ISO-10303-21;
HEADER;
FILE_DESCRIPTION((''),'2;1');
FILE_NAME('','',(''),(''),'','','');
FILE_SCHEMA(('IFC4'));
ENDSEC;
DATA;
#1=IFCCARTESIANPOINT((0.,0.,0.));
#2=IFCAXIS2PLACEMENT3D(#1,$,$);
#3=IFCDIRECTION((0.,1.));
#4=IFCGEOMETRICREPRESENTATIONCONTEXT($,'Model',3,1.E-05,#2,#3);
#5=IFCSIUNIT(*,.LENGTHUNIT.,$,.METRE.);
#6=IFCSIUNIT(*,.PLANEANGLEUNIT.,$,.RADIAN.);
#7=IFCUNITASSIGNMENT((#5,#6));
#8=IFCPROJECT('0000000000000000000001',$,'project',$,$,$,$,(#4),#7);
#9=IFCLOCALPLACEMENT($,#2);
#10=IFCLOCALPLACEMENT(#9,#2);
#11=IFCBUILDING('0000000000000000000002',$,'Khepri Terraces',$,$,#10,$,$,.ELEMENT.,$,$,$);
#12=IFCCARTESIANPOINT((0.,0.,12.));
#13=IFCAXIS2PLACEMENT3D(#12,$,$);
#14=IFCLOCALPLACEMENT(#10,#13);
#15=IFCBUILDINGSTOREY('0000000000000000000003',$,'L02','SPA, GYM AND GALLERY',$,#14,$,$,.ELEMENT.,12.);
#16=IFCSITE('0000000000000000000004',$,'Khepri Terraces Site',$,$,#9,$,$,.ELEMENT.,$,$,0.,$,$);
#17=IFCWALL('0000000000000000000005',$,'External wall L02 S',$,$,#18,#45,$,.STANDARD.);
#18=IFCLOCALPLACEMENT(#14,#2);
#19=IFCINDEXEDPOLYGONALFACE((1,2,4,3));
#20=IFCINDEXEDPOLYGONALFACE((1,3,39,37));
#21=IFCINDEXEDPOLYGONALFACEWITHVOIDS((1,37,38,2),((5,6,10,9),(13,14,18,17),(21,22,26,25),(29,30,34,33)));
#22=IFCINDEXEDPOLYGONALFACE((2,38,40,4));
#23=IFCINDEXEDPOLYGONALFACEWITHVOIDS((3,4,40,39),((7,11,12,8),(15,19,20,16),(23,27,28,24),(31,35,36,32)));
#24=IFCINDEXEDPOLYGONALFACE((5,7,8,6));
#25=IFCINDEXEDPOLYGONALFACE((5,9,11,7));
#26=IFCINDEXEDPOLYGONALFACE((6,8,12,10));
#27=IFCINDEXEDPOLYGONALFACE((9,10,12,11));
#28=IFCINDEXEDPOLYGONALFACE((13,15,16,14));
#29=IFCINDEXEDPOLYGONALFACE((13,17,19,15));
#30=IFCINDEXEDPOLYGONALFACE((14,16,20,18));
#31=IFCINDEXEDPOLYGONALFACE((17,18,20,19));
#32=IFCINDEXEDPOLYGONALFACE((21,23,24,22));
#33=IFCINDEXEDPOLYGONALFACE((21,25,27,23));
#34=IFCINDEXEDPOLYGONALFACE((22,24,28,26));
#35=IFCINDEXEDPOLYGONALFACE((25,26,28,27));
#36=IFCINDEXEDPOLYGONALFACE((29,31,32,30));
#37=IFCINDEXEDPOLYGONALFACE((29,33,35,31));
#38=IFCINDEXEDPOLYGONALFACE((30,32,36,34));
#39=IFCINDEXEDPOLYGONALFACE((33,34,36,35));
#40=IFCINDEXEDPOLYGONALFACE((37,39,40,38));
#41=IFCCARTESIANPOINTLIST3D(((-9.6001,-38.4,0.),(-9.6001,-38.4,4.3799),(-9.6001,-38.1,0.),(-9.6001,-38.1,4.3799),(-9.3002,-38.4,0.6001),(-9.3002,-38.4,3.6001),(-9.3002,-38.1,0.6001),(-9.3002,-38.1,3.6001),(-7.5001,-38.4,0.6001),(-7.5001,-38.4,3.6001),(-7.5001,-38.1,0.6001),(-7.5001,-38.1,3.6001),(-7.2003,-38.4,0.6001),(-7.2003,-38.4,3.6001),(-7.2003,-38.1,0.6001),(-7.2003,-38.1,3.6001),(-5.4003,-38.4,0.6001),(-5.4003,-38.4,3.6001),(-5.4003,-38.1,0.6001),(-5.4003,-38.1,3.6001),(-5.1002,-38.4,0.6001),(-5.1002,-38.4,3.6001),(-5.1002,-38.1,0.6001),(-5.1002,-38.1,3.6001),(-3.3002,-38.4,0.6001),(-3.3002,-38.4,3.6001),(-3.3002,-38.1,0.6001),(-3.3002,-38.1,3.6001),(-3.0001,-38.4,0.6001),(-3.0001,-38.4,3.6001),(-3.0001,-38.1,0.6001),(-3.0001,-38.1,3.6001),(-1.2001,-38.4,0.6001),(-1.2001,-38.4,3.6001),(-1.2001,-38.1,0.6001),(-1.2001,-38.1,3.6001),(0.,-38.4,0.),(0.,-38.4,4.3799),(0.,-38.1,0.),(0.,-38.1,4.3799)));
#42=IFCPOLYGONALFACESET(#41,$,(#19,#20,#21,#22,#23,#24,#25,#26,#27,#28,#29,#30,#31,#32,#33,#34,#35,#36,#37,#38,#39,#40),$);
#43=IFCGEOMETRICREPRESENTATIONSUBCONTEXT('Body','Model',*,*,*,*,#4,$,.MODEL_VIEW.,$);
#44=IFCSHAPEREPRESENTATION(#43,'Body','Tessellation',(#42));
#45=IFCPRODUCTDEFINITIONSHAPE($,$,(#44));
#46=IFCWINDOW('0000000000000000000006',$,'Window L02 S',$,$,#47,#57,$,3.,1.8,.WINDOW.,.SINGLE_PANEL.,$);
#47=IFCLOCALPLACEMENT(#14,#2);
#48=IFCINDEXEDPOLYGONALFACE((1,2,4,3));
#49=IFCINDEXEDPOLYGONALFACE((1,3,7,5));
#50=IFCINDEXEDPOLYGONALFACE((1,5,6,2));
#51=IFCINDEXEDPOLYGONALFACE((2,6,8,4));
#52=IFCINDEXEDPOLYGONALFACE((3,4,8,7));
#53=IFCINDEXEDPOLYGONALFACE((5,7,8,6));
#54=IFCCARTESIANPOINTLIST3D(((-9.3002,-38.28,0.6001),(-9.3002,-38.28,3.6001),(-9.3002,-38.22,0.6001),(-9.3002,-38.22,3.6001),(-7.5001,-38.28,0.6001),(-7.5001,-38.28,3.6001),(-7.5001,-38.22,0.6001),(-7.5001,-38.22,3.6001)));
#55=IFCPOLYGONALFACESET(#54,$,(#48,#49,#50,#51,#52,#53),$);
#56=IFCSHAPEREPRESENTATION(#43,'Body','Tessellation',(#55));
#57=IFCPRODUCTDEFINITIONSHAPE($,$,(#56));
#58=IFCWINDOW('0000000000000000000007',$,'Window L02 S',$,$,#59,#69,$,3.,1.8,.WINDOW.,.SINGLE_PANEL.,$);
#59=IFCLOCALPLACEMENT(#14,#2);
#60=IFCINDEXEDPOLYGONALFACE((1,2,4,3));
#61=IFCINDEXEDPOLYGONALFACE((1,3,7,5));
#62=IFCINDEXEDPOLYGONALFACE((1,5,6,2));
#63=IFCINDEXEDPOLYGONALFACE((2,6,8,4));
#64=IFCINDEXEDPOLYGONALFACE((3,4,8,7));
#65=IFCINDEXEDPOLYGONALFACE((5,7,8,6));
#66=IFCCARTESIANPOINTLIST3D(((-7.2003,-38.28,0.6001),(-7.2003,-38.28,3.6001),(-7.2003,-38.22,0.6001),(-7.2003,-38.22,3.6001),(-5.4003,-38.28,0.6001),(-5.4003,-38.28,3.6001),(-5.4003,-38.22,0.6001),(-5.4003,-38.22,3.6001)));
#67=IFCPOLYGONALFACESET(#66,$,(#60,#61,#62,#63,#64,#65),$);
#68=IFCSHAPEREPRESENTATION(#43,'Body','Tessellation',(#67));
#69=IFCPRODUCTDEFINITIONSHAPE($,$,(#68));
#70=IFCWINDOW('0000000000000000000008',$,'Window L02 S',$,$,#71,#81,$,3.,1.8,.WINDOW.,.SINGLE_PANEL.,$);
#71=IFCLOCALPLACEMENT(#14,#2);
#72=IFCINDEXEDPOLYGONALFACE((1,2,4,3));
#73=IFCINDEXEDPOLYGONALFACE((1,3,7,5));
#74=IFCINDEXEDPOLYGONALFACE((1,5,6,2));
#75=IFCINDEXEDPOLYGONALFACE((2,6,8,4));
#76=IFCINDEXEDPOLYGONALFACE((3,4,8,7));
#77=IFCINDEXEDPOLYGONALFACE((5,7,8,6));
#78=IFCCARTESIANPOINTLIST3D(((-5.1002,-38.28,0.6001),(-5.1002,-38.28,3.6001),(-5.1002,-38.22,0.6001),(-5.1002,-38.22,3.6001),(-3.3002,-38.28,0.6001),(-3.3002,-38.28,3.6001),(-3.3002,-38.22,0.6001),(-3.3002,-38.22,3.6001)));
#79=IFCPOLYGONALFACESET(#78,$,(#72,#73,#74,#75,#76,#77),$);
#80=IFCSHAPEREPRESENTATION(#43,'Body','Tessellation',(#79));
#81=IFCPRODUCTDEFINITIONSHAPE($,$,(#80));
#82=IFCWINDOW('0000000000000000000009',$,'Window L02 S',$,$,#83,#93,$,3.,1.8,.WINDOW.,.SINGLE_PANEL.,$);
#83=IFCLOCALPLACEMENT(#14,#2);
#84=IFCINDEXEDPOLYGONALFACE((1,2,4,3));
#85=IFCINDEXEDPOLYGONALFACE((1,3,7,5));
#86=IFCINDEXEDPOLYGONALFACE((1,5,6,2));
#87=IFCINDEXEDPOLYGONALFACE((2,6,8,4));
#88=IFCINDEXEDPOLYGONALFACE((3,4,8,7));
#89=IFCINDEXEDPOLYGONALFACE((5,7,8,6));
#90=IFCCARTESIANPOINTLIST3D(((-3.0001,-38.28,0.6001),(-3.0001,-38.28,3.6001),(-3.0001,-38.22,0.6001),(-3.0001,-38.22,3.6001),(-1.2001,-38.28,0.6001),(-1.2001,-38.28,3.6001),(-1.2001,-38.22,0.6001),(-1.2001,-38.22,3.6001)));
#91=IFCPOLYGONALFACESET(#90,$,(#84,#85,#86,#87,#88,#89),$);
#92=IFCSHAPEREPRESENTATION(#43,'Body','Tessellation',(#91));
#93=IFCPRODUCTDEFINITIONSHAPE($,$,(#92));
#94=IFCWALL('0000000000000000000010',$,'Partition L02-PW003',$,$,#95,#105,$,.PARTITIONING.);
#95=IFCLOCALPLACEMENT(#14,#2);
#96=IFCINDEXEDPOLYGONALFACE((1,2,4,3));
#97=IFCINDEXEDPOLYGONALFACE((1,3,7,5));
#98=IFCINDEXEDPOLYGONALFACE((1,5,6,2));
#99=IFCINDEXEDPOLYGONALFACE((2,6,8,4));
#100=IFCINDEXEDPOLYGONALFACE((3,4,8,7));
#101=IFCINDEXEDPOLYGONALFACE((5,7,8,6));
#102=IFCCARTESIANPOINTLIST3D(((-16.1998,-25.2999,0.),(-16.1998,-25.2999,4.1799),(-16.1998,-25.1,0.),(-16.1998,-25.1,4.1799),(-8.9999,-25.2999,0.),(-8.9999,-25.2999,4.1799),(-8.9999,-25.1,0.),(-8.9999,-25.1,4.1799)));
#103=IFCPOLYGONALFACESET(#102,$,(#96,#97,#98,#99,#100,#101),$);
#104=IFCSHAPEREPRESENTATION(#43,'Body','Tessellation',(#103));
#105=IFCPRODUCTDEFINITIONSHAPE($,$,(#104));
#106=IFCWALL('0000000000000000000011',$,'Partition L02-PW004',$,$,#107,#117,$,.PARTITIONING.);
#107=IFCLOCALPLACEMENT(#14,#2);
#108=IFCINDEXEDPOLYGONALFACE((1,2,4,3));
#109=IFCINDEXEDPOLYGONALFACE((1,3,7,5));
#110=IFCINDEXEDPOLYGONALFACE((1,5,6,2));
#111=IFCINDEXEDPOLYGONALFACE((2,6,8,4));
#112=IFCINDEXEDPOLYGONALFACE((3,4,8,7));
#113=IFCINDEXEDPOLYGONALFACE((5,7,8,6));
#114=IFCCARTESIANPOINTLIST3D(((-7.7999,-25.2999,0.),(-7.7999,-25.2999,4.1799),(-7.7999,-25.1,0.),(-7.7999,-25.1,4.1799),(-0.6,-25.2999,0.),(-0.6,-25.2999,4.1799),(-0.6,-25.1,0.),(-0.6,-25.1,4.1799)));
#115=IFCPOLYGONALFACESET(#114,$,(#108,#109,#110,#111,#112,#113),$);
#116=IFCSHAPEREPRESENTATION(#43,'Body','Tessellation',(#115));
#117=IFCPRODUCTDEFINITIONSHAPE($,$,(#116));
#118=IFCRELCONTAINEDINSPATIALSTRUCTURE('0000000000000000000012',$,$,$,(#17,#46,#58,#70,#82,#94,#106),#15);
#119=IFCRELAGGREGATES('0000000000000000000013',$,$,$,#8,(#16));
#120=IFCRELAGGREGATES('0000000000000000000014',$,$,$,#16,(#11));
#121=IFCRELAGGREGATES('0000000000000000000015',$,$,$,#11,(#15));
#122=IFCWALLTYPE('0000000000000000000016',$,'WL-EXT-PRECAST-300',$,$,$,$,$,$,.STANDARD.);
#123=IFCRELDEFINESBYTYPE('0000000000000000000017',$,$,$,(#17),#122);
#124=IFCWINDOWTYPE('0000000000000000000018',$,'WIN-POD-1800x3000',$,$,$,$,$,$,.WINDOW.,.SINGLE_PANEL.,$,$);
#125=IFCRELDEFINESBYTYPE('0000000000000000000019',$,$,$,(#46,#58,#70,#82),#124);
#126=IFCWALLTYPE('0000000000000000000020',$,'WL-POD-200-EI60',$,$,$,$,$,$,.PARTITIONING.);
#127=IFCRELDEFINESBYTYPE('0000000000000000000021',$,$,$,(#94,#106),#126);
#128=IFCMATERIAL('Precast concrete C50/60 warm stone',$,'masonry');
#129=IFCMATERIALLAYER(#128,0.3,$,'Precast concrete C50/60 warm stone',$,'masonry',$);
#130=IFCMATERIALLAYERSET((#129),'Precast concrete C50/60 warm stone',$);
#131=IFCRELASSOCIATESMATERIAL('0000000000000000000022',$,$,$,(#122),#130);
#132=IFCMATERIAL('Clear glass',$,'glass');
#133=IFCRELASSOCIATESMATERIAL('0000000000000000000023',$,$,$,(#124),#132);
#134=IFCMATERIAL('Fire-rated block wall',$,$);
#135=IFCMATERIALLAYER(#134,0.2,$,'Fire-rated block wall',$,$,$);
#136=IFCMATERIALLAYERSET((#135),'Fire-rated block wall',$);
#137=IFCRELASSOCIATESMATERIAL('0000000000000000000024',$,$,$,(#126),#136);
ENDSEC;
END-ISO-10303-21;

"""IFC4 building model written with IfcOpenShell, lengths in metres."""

from ifc_helpers import new_model, si_unit, direction, frame, frame_2d, origin, place, context, subcontext, project, spatial, rectangle, extrude, material, layer, layer_set, type_object, element, fill, save


model = new_model("IFC4")

# Units and contexts
model_context = context("Model", 3, precision=1e-05, world=origin(), true_north=direction((0.0, 1.0)))
body_context = subcontext(model_context, "Body", "Model", "MODEL_VIEW")
ifc_project = project(units=[si_unit("LENGTHUNIT", "METRE"), si_unit("PLANEANGLEUNIT", "RADIAN")], contexts=[model_context])

# Site, building, storey
site_placement = place(None, origin())
site = spatial("IfcSite", under=ifc_project, at=site_placement, Name="Khepri Terraces Site", CompositionType="ELEMENT", RefElevation=0.0)
building_placement = place(site_placement, origin())
building = spatial("IfcBuilding", under=site, at=building_placement, Name="Khepri Terraces", CompositionType="ELEMENT")
storey_placement = place(building_placement, frame((0.0, 0.0, 12.0)))
storey = spatial("IfcBuildingStorey", under=building, at=storey_placement, Name="L02", Description="SPA, GYM AND GALLERY", CompositionType="ELEMENT", Elevation=12.0)

# Shared definitions
ifc_material_1 = material(Name="Precast concrete C50/60 warm stone", Category="masonry")
ifc_layer_1 = layer(ifc_material_1, 0.3, Name="Precast concrete C50/60 warm stone", Category="masonry")
ifc_layer_set_1 = layer_set([ifc_layer_1], Name="Precast concrete C50/60 warm stone")
wall_type_1 = type_object("IfcWallType", Name="WL-EXT-PRECAST-300", PredefinedType="STANDARD", material=ifc_layer_set_1)

# Wall, openings, windows
wall_1_placement = place(storey_placement, frame((-9.6001, -38.25, 0.0), z_axis=(0.0, 0.0, 1.0), x_axis=(1.0, 0.0, 0.0)))
wall_1 = element("IfcWall", 1, at=wall_1_placement, inside=storey, type_object=wall_type_1, Name="External wall L02 S", PredefinedType="STANDARD", context=body_context, shape_type="SweptSolid", body=[
    extrude(rectangle(XDim=9.6001, YDim=0.3, at=frame_2d((4.8, 0.0))), origin(), (0.0, 0.0, 1.0), 4.3799),
])
opening_1_placement = place(wall_1_placement, frame((0.3, 0.0, 0.6001)))
opening_1 = element("IfcOpeningElement", 2, at=opening_1_placement, cuts=wall_1, PredefinedType="OPENING", context=body_context, shape_type="SweptSolid", body=[
    extrude(rectangle(XDim=1.8, YDim=3.0, at=frame_2d((0.8999, 1.5))), frame((0.0, 0.1602, 0.0), z_axis=(0.0, -1.0, 0.0), x_axis=(1.0, 0.0, 0.0)), (0.0, 0.0, 1.0), 0.3201),
])
opening_2_placement = place(wall_1_placement, frame((2.3999, 0.0, 0.6001)))
opening_2 = element("IfcOpeningElement", 3, at=opening_2_placement, cuts=wall_1, PredefinedType="OPENING", context=body_context, shape_type="SweptSolid", body=[
    extrude(rectangle(XDim=1.8, YDim=3.0, at=frame_2d((0.8999, 1.5))), frame((0.0, 0.1602, 0.0), z_axis=(0.0, -1.0, 0.0), x_axis=(1.0, 0.0, 0.0)), (0.0, 0.0, 1.0), 0.3201),
])
opening_3_placement = place(wall_1_placement, frame((4.5, 0.0, 0.6001)))
opening_3 = element("IfcOpeningElement", 4, at=opening_3_placement, cuts=wall_1, PredefinedType="OPENING", context=body_context, shape_type="SweptSolid", body=[
    extrude(rectangle(XDim=1.8, YDim=3.0, at=frame_2d((0.8999, 1.5))), frame((0.0, 0.1602, 0.0), z_axis=(0.0, -1.0, 0.0), x_axis=(1.0, 0.0, 0.0)), (0.0, 0.0, 1.0), 0.3201),
])
opening_4_placement = place(wall_1_placement, frame((6.6001, 0.0, 0.6001)))
opening_4 = element("IfcOpeningElement", 5, at=opening_4_placement, cuts=wall_1, PredefinedType="OPENING", context=body_context, shape_type="SweptSolid", body=[
    extrude(rectangle(XDim=1.8, YDim=3.0, at=frame_2d((0.8999, 1.5))), frame((0.0, 0.1602, 0.0), z_axis=(0.0, -1.0, 0.0), x_axis=(1.0, 0.0, 0.0)), (0.0, 0.0, 1.0), 0.3201),
])
ifc_material_2 = material(Name="Clear glass", Category="glass")
window_type = type_object("IfcWindowType", Name="WIN-POD-1800x3000", PartitioningType="SINGLE_PANEL", PredefinedType="WINDOW", material=ifc_material_2)
window_1_placement = place(opening_1_placement, origin())
window_1 = element("IfcWindow", 6, at=window_1_placement, inside=storey, type_object=window_type, Name="Window L02 S", OverallHeight=3.0, OverallWidth=1.8, PartitioningType="SINGLE_PANEL", PredefinedType="WINDOW", context=body_context, shape_type="SweptSolid", body=[
    extrude(rectangle(XDim=1.8, YDim=3.0, at=frame_2d((0.8999, 1.5))), frame((0.0, 0.03, 0.0), z_axis=(0.0, -1.0, 0.0), x_axis=(1.0, 0.0, 0.0)), (0.0, 0.0, 1.0), 0.0601),
])
fill(opening_1, window_1)
window_2_placement = place(opening_2_placement, origin())
window_2 = element("IfcWindow", 7, at=window_2_placement, inside=storey, type_object=window_type, Name="Window L02 S", OverallHeight=3.0, OverallWidth=1.8, PartitioningType="SINGLE_PANEL", PredefinedType="WINDOW", context=body_context, shape_type="SweptSolid", body=[
    extrude(rectangle(XDim=1.8, YDim=3.0, at=frame_2d((0.8999, 1.5))), frame((0.0, 0.03, 0.0), z_axis=(0.0, -1.0, 0.0), x_axis=(1.0, 0.0, 0.0)), (0.0, 0.0, 1.0), 0.0601),
])
fill(opening_2, window_2)
window_3_placement = place(opening_3_placement, origin())
window_3 = element("IfcWindow", 8, at=window_3_placement, inside=storey, type_object=window_type, Name="Window L02 S", OverallHeight=3.0, OverallWidth=1.8, PartitioningType="SINGLE_PANEL", PredefinedType="WINDOW", context=body_context, shape_type="SweptSolid", body=[
    extrude(rectangle(XDim=1.8, YDim=3.0, at=frame_2d((0.8999, 1.5))), frame((0.0, 0.03, 0.0), z_axis=(0.0, -1.0, 0.0), x_axis=(1.0, 0.0, 0.0)), (0.0, 0.0, 1.0), 0.0601),
])
fill(opening_3, window_3)
window_4_placement = place(opening_4_placement, origin())
window_4 = element("IfcWindow", 9, at=window_4_placement, inside=storey, type_object=window_type, Name="Window L02 S", OverallHeight=3.0, OverallWidth=1.8, PartitioningType="SINGLE_PANEL", PredefinedType="WINDOW", context=body_context, shape_type="SweptSolid", body=[
    extrude(rectangle(XDim=1.8, YDim=3.0, at=frame_2d((0.8999, 1.5))), frame((0.0, 0.03, 0.0), z_axis=(0.0, -1.0, 0.0), x_axis=(1.0, 0.0, 0.0)), (0.0, 0.0, 1.0), 0.0601),
])
fill(opening_4, window_4)

# Walls
ifc_material_3 = material(Name="Fire-rated block wall")
ifc_layer_2 = layer(ifc_material_3, 0.2, Name="Fire-rated block wall")
ifc_layer_set_2 = layer_set([ifc_layer_2], Name="Fire-rated block wall")
wall_type_2 = type_object("IfcWallType", Name="WL-POD-200-EI60", PredefinedType="PARTITIONING", material=ifc_layer_set_2)
for number, where, z_axis, x_axis, name in (
    (10, (-16.2, -25.2, 0.0), (0.0, 0.0, 1.0), (1.0, 0.0, 0.0), "Partition L02-PW003"),
    (11, (-7.8, -25.2, 0.0), (0.0, 0.0, 1.0), (1.0, 0.0, 0.0), "Partition L02-PW004"),
):
    element("IfcWall", number, at=place(storey_placement, frame(where, z_axis=z_axis, x_axis=x_axis)), inside=storey, type_object=wall_type_2, Name=name, PredefinedType="PARTITIONING", context=body_context, shape_type="SweptSolid", body=[
        extrude(rectangle(XDim=7.2, YDim=0.2, at=frame_2d((3.6001, 0.0))), origin(), (0.0, 0.0, 1.0), 4.1799),
    ])

save(model, "model.ifc")
